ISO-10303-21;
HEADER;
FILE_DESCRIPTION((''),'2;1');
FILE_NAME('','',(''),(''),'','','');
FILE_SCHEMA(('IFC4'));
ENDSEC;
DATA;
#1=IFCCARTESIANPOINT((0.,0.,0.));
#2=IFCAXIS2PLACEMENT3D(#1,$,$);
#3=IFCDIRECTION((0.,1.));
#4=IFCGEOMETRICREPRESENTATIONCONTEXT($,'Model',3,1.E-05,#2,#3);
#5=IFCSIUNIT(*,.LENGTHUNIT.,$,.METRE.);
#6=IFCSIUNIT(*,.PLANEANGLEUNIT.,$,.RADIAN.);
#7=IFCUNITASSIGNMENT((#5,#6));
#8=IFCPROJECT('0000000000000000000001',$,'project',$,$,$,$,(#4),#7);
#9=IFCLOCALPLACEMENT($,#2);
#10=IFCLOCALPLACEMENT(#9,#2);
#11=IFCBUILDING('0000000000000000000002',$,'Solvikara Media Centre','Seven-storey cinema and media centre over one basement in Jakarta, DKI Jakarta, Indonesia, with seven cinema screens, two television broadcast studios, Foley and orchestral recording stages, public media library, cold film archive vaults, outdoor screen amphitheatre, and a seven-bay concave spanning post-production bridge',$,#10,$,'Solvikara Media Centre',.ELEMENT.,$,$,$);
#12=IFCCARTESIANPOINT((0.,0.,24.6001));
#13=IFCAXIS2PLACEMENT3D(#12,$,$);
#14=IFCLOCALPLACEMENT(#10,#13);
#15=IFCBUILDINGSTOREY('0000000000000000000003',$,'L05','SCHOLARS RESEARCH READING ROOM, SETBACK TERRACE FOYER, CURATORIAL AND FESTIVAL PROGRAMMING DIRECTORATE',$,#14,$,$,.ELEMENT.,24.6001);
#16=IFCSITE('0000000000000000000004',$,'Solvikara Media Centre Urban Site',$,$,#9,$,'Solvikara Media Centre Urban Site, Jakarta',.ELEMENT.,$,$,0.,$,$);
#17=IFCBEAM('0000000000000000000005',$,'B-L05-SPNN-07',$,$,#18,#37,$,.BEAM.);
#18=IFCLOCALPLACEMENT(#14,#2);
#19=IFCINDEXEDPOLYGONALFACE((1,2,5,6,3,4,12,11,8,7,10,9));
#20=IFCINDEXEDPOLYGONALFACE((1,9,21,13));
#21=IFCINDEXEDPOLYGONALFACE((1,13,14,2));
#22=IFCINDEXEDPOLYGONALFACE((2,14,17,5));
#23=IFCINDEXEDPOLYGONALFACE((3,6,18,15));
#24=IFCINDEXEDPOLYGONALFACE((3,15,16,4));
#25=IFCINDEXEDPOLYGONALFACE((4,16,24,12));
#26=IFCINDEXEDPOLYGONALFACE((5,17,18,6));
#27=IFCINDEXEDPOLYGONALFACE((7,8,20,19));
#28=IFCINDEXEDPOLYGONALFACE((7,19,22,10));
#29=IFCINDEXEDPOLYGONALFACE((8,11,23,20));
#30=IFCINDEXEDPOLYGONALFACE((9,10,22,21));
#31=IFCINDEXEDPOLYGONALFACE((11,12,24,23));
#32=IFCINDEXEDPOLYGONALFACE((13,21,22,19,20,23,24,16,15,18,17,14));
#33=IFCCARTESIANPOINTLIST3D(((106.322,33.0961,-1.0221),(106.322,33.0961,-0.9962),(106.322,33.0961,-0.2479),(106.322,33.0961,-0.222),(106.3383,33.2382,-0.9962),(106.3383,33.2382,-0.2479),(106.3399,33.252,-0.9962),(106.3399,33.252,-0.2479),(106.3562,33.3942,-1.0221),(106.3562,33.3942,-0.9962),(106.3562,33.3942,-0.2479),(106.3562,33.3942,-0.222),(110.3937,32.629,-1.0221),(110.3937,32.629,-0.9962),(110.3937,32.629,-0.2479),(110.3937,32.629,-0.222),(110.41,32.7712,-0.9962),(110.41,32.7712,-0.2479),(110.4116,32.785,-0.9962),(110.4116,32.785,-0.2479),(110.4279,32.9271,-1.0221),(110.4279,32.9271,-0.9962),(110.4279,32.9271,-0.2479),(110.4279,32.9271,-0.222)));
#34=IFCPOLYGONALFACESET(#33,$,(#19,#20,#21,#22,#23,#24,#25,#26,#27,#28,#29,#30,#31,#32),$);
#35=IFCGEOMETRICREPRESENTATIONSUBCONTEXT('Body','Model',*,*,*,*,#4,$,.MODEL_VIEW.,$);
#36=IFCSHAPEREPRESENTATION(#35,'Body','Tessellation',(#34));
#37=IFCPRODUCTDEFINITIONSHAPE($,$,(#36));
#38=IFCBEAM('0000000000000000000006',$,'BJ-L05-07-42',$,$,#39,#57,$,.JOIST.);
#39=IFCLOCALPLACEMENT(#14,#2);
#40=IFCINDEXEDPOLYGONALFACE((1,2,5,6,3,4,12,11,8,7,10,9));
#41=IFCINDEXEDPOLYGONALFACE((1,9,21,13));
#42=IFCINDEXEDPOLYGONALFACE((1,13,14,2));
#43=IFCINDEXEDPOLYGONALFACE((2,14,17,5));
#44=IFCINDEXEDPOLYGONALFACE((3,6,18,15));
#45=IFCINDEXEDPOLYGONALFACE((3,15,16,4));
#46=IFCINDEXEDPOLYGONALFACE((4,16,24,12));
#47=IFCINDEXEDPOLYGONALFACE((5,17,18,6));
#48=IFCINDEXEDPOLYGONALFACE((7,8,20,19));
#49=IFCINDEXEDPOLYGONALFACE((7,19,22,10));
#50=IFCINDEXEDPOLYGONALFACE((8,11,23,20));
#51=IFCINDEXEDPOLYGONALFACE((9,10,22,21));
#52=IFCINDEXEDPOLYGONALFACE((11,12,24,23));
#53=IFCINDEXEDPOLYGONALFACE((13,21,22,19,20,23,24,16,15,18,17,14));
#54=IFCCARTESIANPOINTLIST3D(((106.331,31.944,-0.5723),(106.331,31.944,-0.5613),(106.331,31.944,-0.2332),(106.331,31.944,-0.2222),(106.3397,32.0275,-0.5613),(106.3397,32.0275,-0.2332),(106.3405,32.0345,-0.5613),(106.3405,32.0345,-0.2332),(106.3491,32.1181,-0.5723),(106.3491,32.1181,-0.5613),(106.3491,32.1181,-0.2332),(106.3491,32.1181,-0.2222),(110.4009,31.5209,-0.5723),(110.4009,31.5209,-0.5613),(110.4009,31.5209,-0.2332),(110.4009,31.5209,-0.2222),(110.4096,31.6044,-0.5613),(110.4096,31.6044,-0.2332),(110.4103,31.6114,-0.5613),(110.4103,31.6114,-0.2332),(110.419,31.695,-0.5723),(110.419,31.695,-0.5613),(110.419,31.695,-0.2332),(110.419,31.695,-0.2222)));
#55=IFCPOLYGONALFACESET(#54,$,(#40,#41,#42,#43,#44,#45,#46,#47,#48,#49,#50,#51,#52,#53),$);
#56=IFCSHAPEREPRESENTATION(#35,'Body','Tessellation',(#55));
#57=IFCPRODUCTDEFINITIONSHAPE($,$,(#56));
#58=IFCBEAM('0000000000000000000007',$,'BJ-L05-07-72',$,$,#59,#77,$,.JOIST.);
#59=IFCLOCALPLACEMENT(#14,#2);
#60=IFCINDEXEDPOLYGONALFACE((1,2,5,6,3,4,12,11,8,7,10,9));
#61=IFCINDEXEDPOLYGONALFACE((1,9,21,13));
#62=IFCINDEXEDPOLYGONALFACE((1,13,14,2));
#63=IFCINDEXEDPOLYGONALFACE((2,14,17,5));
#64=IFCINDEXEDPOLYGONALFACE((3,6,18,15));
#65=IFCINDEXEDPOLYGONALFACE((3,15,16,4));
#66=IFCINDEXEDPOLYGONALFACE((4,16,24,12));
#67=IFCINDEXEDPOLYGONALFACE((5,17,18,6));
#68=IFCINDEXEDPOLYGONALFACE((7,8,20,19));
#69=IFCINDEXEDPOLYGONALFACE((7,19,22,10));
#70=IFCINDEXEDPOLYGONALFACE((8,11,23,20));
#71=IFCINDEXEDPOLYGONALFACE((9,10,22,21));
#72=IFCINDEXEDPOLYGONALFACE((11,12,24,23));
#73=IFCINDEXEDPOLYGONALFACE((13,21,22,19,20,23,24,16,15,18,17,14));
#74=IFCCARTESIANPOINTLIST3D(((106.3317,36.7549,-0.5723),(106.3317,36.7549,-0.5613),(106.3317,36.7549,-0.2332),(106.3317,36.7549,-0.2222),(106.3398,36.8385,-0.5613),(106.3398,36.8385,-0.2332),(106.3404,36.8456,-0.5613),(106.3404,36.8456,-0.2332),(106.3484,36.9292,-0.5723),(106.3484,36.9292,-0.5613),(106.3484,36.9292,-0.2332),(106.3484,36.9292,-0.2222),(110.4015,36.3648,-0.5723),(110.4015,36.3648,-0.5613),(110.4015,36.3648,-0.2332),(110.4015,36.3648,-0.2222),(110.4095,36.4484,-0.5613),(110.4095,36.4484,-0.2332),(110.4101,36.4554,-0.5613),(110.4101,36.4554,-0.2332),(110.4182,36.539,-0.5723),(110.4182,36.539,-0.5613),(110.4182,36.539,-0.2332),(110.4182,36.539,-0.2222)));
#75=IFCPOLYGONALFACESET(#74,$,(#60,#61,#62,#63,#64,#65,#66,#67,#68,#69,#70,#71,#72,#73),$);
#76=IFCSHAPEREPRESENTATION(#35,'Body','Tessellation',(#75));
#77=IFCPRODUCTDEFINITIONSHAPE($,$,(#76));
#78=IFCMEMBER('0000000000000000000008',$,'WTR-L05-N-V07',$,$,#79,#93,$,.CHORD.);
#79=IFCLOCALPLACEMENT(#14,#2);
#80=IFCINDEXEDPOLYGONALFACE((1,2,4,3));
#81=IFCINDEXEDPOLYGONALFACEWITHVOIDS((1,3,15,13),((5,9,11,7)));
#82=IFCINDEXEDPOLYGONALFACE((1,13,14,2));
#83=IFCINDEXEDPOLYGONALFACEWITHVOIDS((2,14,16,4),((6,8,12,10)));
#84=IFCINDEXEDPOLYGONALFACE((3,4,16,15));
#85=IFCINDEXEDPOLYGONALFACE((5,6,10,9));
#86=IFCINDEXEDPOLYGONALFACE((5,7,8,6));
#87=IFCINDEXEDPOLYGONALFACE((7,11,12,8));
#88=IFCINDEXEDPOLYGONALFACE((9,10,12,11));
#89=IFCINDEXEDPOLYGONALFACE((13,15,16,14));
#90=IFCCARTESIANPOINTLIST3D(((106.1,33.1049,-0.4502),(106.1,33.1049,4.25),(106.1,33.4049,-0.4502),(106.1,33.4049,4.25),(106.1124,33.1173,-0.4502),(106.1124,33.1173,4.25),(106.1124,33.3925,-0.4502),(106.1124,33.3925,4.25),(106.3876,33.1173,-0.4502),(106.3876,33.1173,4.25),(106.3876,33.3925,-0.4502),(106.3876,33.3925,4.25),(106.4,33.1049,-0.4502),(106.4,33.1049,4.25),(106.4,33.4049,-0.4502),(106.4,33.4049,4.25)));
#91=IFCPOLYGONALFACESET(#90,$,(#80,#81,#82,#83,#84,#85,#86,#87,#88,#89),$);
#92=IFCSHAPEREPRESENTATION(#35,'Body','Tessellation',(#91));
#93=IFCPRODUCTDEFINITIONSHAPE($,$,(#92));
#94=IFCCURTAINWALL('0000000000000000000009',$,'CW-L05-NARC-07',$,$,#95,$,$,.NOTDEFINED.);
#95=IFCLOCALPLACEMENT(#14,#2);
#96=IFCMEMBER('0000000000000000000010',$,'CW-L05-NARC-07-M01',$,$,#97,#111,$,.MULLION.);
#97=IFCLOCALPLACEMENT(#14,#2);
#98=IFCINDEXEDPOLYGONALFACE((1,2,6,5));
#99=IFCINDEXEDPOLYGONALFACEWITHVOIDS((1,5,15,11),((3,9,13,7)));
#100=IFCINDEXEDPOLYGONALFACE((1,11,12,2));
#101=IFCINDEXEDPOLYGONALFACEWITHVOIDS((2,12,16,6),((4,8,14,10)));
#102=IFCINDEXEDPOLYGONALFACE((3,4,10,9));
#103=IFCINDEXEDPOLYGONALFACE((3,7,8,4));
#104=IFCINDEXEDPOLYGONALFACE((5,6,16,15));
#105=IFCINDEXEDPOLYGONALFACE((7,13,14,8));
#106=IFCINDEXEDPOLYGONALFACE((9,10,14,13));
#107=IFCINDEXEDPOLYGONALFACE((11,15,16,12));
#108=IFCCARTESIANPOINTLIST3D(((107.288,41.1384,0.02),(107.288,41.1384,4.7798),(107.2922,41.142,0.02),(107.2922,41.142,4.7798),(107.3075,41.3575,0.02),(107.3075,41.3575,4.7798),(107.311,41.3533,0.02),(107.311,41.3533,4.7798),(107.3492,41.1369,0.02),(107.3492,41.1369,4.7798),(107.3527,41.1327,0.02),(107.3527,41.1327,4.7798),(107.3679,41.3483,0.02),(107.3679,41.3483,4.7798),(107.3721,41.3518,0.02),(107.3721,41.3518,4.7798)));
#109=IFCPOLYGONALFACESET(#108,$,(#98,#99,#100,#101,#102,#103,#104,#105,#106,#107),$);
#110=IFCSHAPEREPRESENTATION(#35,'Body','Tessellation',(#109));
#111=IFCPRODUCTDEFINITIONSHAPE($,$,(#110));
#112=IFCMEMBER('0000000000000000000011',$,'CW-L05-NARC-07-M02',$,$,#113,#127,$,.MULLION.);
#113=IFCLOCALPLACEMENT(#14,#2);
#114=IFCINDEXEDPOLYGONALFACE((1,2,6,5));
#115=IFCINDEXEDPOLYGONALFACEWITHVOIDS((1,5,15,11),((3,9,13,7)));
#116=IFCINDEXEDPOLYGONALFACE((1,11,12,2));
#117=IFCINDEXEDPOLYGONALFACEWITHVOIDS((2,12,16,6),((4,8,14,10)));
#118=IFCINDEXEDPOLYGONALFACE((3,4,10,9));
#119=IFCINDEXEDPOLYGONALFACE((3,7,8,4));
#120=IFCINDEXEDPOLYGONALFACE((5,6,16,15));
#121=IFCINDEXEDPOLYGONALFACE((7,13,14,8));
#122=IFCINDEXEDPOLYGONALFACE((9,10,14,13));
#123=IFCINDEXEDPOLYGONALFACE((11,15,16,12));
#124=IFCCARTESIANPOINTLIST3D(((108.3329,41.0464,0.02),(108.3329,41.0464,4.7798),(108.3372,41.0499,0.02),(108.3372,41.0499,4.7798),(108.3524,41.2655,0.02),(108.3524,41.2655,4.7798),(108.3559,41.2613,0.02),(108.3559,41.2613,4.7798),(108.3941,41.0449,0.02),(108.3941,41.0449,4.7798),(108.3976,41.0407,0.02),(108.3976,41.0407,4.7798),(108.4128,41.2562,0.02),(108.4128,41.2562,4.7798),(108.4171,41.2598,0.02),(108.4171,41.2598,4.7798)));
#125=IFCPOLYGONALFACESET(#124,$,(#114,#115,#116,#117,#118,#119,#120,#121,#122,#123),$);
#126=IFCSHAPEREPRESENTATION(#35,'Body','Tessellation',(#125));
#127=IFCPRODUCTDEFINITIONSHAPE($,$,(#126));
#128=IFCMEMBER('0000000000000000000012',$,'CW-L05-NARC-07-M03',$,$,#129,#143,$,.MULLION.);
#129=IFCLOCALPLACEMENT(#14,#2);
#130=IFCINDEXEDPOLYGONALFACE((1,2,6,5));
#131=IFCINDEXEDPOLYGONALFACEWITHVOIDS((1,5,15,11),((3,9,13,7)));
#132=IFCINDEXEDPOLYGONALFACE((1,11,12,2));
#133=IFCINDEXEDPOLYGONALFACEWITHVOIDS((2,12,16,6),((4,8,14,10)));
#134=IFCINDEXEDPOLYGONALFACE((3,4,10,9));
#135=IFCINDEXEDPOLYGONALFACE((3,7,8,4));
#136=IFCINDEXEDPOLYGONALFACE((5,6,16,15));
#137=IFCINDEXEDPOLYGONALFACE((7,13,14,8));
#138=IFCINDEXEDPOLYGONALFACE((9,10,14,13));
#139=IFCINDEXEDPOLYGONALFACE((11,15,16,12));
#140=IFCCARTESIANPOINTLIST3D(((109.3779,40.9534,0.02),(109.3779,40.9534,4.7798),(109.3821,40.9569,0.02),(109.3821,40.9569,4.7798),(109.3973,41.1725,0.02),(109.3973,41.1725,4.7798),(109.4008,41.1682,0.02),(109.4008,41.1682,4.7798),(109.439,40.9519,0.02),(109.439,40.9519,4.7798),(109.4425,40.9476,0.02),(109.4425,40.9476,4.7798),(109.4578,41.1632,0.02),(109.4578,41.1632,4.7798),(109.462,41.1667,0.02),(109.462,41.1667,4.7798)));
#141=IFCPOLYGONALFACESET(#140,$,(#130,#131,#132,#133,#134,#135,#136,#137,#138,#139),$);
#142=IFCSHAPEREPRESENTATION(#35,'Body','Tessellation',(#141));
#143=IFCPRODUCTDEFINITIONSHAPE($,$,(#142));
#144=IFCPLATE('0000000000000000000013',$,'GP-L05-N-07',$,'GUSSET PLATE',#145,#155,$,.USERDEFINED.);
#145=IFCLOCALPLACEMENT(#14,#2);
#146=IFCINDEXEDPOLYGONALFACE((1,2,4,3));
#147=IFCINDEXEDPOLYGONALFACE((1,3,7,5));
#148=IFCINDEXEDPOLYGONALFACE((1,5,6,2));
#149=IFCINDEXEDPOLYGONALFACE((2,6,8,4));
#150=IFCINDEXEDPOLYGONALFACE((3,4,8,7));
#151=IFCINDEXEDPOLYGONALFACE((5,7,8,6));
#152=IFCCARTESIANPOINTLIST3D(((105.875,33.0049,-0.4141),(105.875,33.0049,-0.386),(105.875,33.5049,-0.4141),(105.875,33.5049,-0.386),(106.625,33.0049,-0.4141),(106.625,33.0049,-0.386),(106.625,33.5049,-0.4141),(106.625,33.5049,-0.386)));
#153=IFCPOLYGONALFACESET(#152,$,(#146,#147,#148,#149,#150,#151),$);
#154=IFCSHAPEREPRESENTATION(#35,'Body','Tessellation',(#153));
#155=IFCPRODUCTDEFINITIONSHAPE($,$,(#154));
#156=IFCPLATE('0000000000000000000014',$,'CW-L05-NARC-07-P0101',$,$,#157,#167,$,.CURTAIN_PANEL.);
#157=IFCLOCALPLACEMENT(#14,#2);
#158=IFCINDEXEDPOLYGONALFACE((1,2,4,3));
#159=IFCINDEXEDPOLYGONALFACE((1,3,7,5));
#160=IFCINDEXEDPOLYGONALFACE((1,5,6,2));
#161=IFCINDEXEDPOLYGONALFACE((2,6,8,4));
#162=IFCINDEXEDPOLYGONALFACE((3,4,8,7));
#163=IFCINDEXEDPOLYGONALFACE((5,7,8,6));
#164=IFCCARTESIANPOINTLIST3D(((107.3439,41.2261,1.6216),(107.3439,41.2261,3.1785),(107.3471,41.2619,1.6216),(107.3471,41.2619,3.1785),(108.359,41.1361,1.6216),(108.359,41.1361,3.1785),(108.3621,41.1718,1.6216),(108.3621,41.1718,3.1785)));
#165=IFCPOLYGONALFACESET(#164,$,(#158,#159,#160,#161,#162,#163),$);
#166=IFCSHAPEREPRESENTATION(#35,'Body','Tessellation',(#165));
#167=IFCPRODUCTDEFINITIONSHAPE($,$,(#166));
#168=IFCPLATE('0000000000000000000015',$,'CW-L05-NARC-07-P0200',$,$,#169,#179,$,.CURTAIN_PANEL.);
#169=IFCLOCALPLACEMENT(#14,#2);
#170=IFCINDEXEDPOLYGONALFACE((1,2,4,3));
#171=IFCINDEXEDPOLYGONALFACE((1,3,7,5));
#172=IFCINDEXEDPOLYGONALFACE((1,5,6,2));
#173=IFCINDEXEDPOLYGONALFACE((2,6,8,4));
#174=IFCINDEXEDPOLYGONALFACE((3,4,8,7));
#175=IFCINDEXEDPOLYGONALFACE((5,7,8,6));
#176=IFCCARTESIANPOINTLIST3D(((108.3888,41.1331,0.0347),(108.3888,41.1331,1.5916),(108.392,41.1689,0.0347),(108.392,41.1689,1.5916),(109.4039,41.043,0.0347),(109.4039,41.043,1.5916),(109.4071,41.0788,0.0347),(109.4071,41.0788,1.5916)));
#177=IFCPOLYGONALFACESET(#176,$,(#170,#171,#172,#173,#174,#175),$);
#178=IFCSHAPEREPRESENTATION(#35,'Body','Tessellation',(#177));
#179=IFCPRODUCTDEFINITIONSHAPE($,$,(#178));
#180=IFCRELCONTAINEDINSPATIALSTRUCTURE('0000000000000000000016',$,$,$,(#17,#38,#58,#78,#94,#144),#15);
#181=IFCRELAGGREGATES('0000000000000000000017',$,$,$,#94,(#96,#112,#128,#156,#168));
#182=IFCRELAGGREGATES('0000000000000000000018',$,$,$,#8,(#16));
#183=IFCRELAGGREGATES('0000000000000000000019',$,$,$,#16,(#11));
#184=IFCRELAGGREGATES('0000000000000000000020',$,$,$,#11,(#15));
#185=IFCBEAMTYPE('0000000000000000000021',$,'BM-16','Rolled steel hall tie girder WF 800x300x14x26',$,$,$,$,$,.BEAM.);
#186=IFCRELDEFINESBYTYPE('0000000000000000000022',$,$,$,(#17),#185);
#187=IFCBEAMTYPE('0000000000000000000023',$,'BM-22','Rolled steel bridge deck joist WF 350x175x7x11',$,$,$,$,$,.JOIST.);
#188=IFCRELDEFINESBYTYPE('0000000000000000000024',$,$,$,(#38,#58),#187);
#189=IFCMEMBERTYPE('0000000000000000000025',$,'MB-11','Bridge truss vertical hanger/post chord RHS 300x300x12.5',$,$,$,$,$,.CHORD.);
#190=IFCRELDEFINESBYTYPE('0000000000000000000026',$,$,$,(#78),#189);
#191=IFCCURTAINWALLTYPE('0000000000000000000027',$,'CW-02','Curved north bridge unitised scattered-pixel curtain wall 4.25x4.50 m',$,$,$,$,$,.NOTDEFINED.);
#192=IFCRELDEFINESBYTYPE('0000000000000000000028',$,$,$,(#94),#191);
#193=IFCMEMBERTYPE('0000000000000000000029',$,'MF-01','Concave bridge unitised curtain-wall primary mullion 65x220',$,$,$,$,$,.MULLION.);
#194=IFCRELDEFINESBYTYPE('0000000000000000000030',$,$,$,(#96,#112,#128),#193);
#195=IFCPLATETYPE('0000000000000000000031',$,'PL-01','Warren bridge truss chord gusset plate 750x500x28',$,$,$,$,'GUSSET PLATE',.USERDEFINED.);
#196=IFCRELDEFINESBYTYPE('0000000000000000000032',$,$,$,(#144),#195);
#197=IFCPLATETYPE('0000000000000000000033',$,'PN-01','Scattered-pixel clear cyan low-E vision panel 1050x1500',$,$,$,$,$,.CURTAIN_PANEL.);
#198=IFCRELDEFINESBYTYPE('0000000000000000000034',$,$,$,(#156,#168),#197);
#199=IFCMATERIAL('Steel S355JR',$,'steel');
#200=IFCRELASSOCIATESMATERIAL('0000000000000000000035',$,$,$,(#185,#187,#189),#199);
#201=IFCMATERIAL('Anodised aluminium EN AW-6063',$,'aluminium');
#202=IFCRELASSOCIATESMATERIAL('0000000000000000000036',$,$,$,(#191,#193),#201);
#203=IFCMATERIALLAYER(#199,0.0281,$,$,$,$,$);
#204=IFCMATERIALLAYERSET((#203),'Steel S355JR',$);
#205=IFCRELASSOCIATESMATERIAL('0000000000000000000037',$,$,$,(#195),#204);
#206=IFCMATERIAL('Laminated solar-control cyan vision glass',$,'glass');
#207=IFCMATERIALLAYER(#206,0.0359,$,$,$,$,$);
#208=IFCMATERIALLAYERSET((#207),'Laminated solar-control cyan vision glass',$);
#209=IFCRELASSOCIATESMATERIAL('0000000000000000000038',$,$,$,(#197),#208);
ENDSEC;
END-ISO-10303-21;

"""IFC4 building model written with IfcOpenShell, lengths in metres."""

from ifc_helpers import new_model, si_unit, direction, frame, origin, origin_2d, place, context, subcontext, project, spatial, rectangle, hollow_rectangle, i_section, extrude, material, layer, layer_set, material_profile, profile_set, type_object, element, aggregate, save


model = new_model("IFC4")

# Units and contexts
model_context = context("Model", 3, precision=1e-05, world=origin(), true_north=direction((0.0, 1.0)))
body_context = subcontext(model_context, "Body", "Model", "MODEL_VIEW")
ifc_project = project(units=[si_unit("LENGTHUNIT", "METRE"), si_unit("PLANEANGLEUNIT", "RADIAN")], contexts=[model_context])

# Site, building, storey
site_placement = place(None, origin())
site = spatial("IfcSite", under=ifc_project, at=site_placement, Name="Solvikara Media Centre Urban Site", LongName="Solvikara Media Centre Urban Site, Jakarta", CompositionType="ELEMENT", RefElevation=0.0)
building_placement = place(site_placement, origin())
building = spatial("IfcBuilding", under=site, at=building_placement, Name="Solvikara Media Centre", Description="Seven-storey cinema and media centre over one basement in Jakarta, DKI Jakarta, Indonesia, with seven cinema screens, two television broadcast studios, Foley and orchestral recording stages, public media library, cold film archive vaults, outdoor screen amphitheatre, and a seven-bay concave spanning post-production bridge", LongName="Solvikara Media Centre", CompositionType="ELEMENT")
storey_placement = place(building_placement, frame((0.0, 0.0, 24.6001)))
storey = spatial("IfcBuildingStorey", under=building, at=storey_placement, Name="L05", Description="SCHOLARS RESEARCH READING ROOM, SETBACK TERRACE FOYER, CURATORIAL AND FESTIVAL PROGRAMMING DIRECTORATE", CompositionType="ELEMENT", Elevation=24.6001)

# Beams
ifc_material_1 = material(Name="Steel S355JR", Category="steel")
ifc_material_profile_1 = material_profile(ifc_material_1, i_section(OverallWidth=0.3, OverallDepth=0.8, WebThickness=0.0139, FlangeThickness=0.0259, at=origin_2d()), Name="WF 800x300x14x26")
ifc_profile_set_1 = profile_set([ifc_material_profile_1], Name="Steel S355JR")
beam_type_1 = type_object("IfcBeamType", Name="BM-16", Description="Rolled steel hall tie girder WF 800x300x14x26", PredefinedType="BEAM", material=ifc_profile_set_1)
beam_1_placement = place(storey_placement, frame((106.3391, 33.2451, -0.6221), z_axis=(0.993486, -0.113955, 0.0), x_axis=(0.113955, 0.993486, 0.0)))
element("IfcBeam", 1, at=beam_1_placement, inside=storey, type_object=beam_type_1, Name="B-L05-SPNN-07", PredefinedType="BEAM", context=body_context, shape_type="SweptSolid", body=[
    extrude(i_section(OverallWidth=0.3, OverallDepth=0.8, WebThickness=0.0139, FlangeThickness=0.0259, at=origin_2d()), origin(), (0.0, 0.0, 1.0), 4.0984),
])
ifc_material_profile_2 = material_profile(ifc_material_1, i_section(OverallWidth=0.175, OverallDepth=0.3501, WebThickness=0.0071, FlangeThickness=0.011, at=origin_2d()), Name="WF 350x175x7x11")
ifc_profile_set_2 = profile_set([ifc_material_profile_2], Name="Steel S355JR")
beam_type_2 = type_object("IfcBeamType", Name="BM-22", Description="Rolled steel bridge deck joist WF 350x175x7x11", PredefinedType="JOIST", material=ifc_profile_set_2)
beam_2_placement = place(storey_placement, frame((106.3401, 32.031, -0.3972), z_axis=(0.99464, -0.103402, 0.0), x_axis=(0.103402, 0.99464, 0.0)))
element("IfcBeam", 2, at=beam_2_placement, inside=storey, type_object=beam_type_2, Name="BJ-L05-07-42", PredefinedType="JOIST", context=body_context, shape_type="SweptSolid", body=[
    extrude(i_section(OverallWidth=0.175, OverallDepth=0.3501, WebThickness=0.0071, FlangeThickness=0.011, at=origin_2d()), origin(), (0.0, 0.0, 1.0), 4.0918),
])
beam_3_placement = place(storey_placement, frame((106.3401, 36.842, -0.3972), z_axis=(0.995437, -0.095423, 0.0), x_axis=(0.095423, 0.995437, 0.0)))
element("IfcBeam", 3, at=beam_3_placement, inside=storey, type_object=beam_type_2, Name="BJ-L05-07-72", PredefinedType="JOIST", context=body_context, shape_type="SweptSolid", body=[
    extrude(i_section(OverallWidth=0.175, OverallDepth=0.3501, WebThickness=0.0071, FlangeThickness=0.011, at=origin_2d()), origin(), (0.0, 0.0, 1.0), 4.0884),
])

# Member
ifc_material_profile_3 = material_profile(ifc_material_1, hollow_rectangle(XDim=0.3, YDim=0.3, WallThickness=0.0125, at=origin_2d()), Name="RHS 300x300x12.5")
ifc_profile_set_3 = profile_set([ifc_material_profile_3], Name="Steel S355JR")
member_type_1 = type_object("IfcMemberType", Name="MB-11", Description="Bridge truss vertical hanger/post chord RHS 300x300x12.5", PredefinedType="CHORD", material=ifc_profile_set_3)
member_1_placement = place(storey_placement, frame((106.25, 33.2549, -0.4502), z_axis=(0.0, 0.0, 1.0), x_axis=(1.0, 0.0, 0.0)))
element("IfcMember", 4, at=member_1_placement, inside=storey, type_object=member_type_1, Name="WTR-L05-N-V07", PredefinedType="CHORD", context=body_context, shape_type="SweptSolid", body=[
    extrude(hollow_rectangle(XDim=0.3, YDim=0.3, WallThickness=0.0125, at=origin_2d()), origin(), (0.0, 0.0, 1.0), 4.7002),
])

# Curtain wall, members
ifc_material_2 = material(Name="Anodised aluminium EN AW-6063", Category="aluminium")
curtain_wall_type = type_object("IfcCurtainWallType", Name="CW-02", Description="Curved north bridge unitised scattered-pixel curtain wall 4.25x4.50 m", PredefinedType="NOTDEFINED", material=ifc_material_2)
curtain_wall_placement = place(storey_placement, origin())
curtain_wall = element("IfcCurtainWall", 5, at=curtain_wall_placement, inside=storey, type_object=curtain_wall_type, Name="CW-L05-NARC-07", PredefinedType="NOTDEFINED")
ifc_material_profile_4 = material_profile(ifc_material_2, hollow_rectangle(XDim=0.0649, YDim=0.22, WallThickness=0.0039, at=origin_2d()), Name="ALU-M 65x220x4")
ifc_profile_set_4 = profile_set([ifc_material_profile_4], Name="Anodised aluminium EN AW-6063")
member_type_2 = type_object("IfcMemberType", Name="MF-01", Description="Concave bridge unitised curtain-wall primary mullion 65x220", PredefinedType="MULLION", material=ifc_profile_set_4)
member_2_placement = place(storey_placement, frame((107.3301, 41.2451, 0.02), z_axis=(0.0, 0.0, 1.0), x_axis=(0.996084, -0.088408, 0.0)))
member_2 = element("IfcMember", 6, at=member_2_placement, type_object=member_type_2, Name="CW-L05-NARC-07-M01", PredefinedType="MULLION", context=body_context, shape_type="SweptSolid", body=[
    extrude(hollow_rectangle(XDim=0.0649, YDim=0.22, WallThickness=0.0039, at=origin_2d()), origin(), (0.0, 0.0, 1.0), 4.7598),
])
member_3_placement = place(storey_placement, frame((108.375, 41.1531, 0.02), z_axis=(0.0, 0.0, 1.0), x_axis=(0.996084, -0.088408, 0.0)))
member_3 = element("IfcMember", 7, at=member_3_placement, type_object=member_type_2, Name="CW-L05-NARC-07-M02", PredefinedType="MULLION", context=body_context, shape_type="SweptSolid", body=[
    extrude(hollow_rectangle(XDim=0.0649, YDim=0.22, WallThickness=0.0039, at=origin_2d()), origin(), (0.0, 0.0, 1.0), 4.7598),
])
member_4_placement = place(storey_placement, frame((109.4199, 41.0601, 0.02), z_axis=(0.0, 0.0, 1.0), x_axis=(0.996084, -0.088408, 0.0)))
member_4 = element("IfcMember", 8, at=member_4_placement, type_object=member_type_2, Name="CW-L05-NARC-07-M03", PredefinedType="MULLION", context=body_context, shape_type="SweptSolid", body=[
    extrude(hollow_rectangle(XDim=0.0649, YDim=0.22, WallThickness=0.0039, at=origin_2d()), origin(), (0.0, 0.0, 1.0), 4.7598),
])

# Plates
ifc_layer_1 = layer(ifc_material_1, 0.0281)
ifc_layer_set_1 = layer_set([ifc_layer_1], Name="Steel S355JR")
plate_type_1 = type_object("IfcPlateType", Name="PL-01", Description="Warren bridge truss chord gusset plate 750x500x28", ElementType="GUSSET PLATE", PredefinedType="USERDEFINED", material=ifc_layer_set_1)
plate_1_placement = place(storey_placement, frame((106.25, 33.2549, -0.4141), z_axis=(0.0, 0.0, 1.0), x_axis=(1.0, 0.0, 0.0)))
element("IfcPlate", 9, at=plate_1_placement, inside=storey, type_object=plate_type_1, Name="GP-L05-N-07", ObjectType="GUSSET PLATE", PredefinedType="USERDEFINED", context=body_context, shape_type="SweptSolid", body=[
    extrude(rectangle(XDim=0.75, YDim=0.5, at=origin_2d()), origin(), (0.0, 0.0, 1.0), 0.0281),
])
ifc_material_3 = material(Name="Laminated solar-control cyan vision glass", Category="glass")
ifc_layer_2 = layer(ifc_material_3, 0.0359)
ifc_layer_set_2 = layer_set([ifc_layer_2], Name="Laminated solar-control cyan vision glass")
plate_type_2 = type_object("IfcPlateType", Name="PN-01", Description="Scattered-pixel clear cyan low-E vision panel 1050x1500", PredefinedType="CURTAIN_PANEL", material=ifc_layer_set_2)
plate_2_placement = place(storey_placement, frame((107.853, 41.199, 1.6216), z_axis=(0.0, 0.0, 1.0), x_axis=(0.996084, -0.088408, 0.0)))
plate_2 = element("IfcPlate", 10, at=plate_2_placement, type_object=plate_type_2, Name="CW-L05-NARC-07-P0101", PredefinedType="CURTAIN_PANEL", context=body_context, shape_type="SweptSolid", body=[
    extrude(rectangle(XDim=1.019, YDim=0.0359, at=origin_2d()), origin(), (0.0, 0.0, 1.0), 1.5569),
])
plate_3_placement = place(storey_placement, frame((108.8979, 41.106, 0.0347), z_axis=(0.0, 0.0, 1.0), x_axis=(0.996084, -0.088408, 0.0)))
plate_3 = element("IfcPlate", 11, at=plate_3_placement, type_object=plate_type_2, Name="CW-L05-NARC-07-P0200", PredefinedType="CURTAIN_PANEL", context=body_context, shape_type="SweptSolid", body=[
    extrude(rectangle(XDim=1.019, YDim=0.0359, at=origin_2d()), origin(), (0.0, 0.0, 1.0), 1.5569),
])
aggregate(curtain_wall, [member_2, member_3, member_4, plate_2, plate_3])

save(model, "model.ifc")
